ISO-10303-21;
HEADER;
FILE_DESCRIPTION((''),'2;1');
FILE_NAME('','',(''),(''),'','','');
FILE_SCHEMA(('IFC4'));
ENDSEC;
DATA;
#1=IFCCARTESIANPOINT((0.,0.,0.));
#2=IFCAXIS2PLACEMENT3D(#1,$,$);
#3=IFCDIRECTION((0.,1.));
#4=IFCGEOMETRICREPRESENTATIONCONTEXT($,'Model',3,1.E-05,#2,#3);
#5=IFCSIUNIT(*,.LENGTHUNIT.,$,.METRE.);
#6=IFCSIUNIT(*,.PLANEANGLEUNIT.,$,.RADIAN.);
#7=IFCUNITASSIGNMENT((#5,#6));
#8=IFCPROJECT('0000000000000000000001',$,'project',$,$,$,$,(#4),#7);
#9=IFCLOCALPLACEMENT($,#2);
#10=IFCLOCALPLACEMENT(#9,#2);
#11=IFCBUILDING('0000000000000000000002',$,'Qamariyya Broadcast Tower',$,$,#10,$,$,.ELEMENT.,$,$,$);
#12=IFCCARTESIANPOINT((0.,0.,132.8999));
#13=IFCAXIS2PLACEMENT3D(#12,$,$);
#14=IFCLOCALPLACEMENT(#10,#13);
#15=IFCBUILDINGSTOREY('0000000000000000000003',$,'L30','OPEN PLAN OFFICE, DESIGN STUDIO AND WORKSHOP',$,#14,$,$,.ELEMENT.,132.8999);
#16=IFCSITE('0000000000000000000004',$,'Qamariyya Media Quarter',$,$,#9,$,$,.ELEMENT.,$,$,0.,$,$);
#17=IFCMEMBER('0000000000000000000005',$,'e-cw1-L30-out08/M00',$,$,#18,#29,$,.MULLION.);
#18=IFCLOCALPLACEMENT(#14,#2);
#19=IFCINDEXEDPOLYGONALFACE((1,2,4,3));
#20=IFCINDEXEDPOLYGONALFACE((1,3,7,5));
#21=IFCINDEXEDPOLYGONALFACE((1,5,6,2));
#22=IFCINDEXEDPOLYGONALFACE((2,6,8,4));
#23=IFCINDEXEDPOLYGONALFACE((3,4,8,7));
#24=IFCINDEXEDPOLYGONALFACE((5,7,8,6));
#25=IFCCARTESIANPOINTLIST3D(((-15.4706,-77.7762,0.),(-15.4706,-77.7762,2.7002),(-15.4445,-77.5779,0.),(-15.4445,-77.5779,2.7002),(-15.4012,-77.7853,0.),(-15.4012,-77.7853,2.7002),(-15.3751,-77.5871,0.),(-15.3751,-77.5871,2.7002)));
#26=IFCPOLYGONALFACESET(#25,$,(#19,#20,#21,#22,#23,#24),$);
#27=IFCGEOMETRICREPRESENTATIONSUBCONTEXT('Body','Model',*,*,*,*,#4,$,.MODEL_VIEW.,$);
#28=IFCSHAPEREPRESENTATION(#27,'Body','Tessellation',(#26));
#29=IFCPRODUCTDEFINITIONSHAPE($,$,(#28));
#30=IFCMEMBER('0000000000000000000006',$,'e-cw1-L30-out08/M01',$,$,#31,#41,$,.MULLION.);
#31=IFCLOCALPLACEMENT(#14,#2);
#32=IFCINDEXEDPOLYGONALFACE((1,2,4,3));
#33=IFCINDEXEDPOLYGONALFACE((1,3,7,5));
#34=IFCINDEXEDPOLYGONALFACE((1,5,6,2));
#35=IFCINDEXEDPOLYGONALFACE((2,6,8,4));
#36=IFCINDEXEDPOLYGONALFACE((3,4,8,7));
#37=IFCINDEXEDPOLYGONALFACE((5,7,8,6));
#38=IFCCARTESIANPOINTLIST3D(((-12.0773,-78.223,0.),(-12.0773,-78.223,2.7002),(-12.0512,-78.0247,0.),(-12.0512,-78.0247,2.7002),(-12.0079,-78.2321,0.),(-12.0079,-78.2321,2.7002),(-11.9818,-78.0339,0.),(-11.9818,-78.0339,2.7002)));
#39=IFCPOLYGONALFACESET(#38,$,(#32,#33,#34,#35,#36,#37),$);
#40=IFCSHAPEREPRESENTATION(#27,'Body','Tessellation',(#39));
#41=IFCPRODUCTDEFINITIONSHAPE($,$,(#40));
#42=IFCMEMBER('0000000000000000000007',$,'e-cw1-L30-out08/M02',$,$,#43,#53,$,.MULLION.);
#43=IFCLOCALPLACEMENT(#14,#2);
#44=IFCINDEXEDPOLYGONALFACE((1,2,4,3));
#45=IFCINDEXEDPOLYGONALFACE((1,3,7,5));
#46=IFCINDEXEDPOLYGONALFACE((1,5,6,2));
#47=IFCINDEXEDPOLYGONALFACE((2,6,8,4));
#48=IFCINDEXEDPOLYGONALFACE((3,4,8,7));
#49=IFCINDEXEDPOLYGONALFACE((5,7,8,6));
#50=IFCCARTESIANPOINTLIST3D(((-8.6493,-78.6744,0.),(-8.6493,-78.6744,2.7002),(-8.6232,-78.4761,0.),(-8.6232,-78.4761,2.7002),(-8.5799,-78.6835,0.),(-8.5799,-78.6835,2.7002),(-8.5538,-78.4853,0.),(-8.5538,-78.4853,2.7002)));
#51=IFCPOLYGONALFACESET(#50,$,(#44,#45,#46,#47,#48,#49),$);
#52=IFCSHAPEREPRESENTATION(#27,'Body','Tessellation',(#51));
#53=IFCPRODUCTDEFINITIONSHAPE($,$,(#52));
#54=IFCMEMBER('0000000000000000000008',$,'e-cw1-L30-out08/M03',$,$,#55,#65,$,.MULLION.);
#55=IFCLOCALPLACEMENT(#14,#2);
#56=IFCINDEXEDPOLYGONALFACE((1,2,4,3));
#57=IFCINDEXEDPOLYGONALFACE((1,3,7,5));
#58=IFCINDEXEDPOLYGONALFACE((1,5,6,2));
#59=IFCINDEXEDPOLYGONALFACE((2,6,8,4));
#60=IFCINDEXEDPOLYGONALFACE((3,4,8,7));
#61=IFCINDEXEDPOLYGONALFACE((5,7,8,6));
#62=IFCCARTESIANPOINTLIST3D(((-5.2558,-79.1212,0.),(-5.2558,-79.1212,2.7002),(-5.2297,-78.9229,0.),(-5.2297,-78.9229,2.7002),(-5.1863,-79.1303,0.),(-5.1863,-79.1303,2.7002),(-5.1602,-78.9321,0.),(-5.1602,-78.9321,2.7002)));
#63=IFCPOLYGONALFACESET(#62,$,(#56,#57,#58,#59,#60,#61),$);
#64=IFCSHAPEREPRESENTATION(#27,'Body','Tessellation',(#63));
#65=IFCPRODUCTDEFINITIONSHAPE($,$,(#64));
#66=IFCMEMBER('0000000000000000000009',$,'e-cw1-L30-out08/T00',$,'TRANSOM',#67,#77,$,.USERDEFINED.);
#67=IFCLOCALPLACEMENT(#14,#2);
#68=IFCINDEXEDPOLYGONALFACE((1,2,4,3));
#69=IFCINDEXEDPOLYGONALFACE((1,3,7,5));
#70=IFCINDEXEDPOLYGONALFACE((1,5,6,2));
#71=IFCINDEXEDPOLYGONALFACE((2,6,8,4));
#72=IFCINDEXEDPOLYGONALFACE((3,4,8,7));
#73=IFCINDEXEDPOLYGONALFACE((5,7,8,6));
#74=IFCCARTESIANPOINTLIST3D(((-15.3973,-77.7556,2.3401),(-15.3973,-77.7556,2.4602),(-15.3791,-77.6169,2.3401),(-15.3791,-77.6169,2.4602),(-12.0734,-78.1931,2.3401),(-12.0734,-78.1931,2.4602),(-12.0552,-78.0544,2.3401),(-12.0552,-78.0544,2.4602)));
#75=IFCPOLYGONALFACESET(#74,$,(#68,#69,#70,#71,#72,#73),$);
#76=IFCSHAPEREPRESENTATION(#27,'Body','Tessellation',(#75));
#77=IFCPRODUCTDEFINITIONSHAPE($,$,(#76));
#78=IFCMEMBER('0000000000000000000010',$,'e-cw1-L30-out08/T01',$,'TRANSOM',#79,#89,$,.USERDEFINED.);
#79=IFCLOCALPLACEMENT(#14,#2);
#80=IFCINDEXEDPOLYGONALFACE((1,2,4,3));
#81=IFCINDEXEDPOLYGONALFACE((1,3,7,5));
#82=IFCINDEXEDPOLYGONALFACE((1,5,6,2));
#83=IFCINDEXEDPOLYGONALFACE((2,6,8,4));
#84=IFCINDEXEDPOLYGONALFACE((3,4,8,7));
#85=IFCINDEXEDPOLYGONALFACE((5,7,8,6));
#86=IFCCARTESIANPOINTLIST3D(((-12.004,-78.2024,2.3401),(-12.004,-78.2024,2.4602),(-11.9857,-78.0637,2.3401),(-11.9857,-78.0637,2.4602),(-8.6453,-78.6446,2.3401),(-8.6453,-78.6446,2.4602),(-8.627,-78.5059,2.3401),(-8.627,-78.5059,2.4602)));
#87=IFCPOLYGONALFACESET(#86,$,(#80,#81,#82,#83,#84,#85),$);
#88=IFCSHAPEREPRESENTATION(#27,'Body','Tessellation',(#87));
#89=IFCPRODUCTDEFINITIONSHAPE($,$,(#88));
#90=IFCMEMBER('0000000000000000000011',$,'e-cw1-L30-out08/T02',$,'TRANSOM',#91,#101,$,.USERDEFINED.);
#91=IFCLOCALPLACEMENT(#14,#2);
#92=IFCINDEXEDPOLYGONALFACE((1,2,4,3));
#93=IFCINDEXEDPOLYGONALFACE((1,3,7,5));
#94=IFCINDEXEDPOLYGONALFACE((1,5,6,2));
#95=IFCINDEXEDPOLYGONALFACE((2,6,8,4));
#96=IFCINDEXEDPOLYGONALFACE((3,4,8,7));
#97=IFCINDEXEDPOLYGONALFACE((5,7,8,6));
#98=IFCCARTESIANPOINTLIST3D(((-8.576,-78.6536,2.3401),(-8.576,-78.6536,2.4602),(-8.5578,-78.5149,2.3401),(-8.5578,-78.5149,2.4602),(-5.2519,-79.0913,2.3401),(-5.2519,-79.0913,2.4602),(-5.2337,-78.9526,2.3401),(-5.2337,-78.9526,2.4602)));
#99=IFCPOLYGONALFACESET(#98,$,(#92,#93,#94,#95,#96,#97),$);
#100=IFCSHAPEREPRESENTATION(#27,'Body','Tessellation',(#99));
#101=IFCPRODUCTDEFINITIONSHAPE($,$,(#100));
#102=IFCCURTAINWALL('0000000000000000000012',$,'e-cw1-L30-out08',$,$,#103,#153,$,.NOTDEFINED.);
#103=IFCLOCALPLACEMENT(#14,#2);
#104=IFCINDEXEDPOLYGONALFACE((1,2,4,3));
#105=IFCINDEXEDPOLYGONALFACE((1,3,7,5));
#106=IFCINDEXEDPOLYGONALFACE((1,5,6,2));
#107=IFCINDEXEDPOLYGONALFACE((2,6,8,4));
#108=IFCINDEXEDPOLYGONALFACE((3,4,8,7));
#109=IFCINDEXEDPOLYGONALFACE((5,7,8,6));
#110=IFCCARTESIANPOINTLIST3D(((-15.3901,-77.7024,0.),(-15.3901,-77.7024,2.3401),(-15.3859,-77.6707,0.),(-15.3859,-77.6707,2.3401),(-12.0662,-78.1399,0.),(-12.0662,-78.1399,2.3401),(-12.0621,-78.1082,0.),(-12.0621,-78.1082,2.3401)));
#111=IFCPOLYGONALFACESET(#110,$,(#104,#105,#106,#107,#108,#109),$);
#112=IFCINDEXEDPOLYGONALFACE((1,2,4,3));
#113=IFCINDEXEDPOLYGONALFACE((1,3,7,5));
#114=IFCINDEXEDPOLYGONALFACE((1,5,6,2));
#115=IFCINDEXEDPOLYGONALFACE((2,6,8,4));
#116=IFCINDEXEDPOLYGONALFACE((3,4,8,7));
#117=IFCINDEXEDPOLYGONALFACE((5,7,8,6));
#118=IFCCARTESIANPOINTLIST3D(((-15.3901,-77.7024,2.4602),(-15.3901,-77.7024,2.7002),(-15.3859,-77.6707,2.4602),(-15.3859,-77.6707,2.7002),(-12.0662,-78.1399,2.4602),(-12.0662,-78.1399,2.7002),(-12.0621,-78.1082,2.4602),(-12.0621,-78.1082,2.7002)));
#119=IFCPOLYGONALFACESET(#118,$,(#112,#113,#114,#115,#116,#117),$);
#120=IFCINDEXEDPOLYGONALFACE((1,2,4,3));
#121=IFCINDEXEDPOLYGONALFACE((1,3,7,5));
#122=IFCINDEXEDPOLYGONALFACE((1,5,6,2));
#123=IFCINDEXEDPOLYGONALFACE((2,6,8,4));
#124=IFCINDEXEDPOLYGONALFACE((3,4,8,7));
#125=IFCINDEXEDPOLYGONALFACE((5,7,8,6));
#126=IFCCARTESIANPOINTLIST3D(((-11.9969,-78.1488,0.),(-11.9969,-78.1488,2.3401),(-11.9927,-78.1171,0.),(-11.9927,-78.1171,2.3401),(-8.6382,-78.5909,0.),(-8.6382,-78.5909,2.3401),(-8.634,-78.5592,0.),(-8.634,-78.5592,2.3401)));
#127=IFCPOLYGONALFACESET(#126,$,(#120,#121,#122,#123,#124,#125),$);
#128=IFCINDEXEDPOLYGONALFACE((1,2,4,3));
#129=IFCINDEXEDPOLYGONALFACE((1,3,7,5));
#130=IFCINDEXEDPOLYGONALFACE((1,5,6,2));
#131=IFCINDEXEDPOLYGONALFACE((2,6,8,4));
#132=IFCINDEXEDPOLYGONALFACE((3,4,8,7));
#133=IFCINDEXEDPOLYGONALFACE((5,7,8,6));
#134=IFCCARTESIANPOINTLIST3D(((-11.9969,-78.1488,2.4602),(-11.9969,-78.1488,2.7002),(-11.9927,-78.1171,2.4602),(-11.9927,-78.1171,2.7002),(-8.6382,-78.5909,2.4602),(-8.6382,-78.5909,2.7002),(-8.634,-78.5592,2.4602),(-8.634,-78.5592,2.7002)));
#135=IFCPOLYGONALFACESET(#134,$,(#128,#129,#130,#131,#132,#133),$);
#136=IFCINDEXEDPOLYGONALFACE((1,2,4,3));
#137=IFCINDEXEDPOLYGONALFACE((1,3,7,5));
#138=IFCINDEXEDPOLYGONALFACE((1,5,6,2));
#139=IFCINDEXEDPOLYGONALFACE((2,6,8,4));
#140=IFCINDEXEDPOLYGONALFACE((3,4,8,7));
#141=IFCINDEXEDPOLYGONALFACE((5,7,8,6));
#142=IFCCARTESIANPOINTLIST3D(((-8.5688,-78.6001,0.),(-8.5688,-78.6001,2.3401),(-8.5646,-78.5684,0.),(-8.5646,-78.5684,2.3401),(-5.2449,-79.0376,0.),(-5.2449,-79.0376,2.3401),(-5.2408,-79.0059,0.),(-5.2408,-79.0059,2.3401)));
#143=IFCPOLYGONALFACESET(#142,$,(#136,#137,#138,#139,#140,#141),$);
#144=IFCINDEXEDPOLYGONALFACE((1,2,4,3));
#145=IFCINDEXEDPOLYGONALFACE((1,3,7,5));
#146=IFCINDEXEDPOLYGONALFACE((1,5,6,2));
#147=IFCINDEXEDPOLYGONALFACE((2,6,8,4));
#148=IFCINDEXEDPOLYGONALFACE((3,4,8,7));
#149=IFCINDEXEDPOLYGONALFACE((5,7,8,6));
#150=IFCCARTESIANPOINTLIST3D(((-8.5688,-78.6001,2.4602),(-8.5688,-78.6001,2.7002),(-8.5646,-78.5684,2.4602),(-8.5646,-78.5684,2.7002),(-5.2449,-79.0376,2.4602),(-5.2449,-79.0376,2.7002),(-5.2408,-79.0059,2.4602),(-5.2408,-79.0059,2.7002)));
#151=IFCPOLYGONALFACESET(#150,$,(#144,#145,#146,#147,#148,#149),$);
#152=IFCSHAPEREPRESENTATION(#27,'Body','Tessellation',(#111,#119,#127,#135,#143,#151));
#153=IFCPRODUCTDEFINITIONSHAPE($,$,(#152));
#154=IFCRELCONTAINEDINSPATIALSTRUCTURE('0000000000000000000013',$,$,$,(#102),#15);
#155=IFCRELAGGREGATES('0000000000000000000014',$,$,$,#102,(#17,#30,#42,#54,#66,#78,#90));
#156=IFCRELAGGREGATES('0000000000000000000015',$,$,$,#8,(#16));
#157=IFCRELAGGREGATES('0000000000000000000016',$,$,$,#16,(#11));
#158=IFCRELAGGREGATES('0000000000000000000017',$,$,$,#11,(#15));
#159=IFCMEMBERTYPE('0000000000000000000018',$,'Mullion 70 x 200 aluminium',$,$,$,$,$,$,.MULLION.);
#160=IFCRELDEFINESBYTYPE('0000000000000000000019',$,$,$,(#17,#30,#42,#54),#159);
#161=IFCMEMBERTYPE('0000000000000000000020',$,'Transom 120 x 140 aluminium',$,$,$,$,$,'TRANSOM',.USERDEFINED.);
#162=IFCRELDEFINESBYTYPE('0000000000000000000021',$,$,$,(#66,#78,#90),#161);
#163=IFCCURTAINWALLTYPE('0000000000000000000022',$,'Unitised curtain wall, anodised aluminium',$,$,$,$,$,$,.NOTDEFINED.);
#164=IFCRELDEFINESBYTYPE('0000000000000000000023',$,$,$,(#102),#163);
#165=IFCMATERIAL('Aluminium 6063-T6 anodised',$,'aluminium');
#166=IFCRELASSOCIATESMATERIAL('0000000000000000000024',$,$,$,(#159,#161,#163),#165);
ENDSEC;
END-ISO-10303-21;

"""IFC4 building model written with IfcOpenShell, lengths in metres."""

from ifc_helpers import new_model, si_unit, direction, frame, origin, origin_2d, place, context, subcontext, project, spatial, rectangle, extrude, material, material_profile, profile_set, type_object, element, aggregate, save


model = new_model("IFC4")

# Units and contexts
model_context = context("Model", 3, precision=1e-05, world=origin(), true_north=direction((0.0, 1.0)))
body_context = subcontext(model_context, "Body", "Model", "MODEL_VIEW")
ifc_project = project(units=[si_unit("LENGTHUNIT", "METRE"), si_unit("PLANEANGLEUNIT", "RADIAN")], contexts=[model_context])

# Members
ifc_material = material(Name="Aluminium 6063-T6 anodised", Category="aluminium")
ifc_material_profile_1 = material_profile(ifc_material, rectangle(XDim=0.2, YDim=0.0701, at=origin_2d()))
ifc_profile_set_1 = profile_set([ifc_material_profile_1], Name="Aluminium 6063-T6 anodised")
member_type_1 = type_object("IfcMemberType", Name="Mullion 70 x 200 aluminium", PredefinedType="MULLION", material=ifc_profile_set_1)
site_placement = place(None, origin())
building_placement = place(site_placement, origin())
storey_placement = place(building_placement, frame((0.0, 0.0, 132.8999)))
member_1_placement = place(storey_placement, frame((-15.4229, -77.6816, 0.0), z_axis=(0.0, 0.0, 1.0), x_axis=(0.130526, 0.991445, 0.0)))
member_1 = element("IfcMember", 1, at=member_1_placement, type_object=member_type_1, Name="e-cw1-L30-out08/M00", PredefinedType="MULLION", context=body_context, shape_type="SweptSolid", body=[
    extrude(rectangle(XDim=0.2, YDim=0.0701, at=origin_2d()), origin(), (0.0, 0.0, 1.0), 2.7002),
])
member_2_placement = place(storey_placement, frame((-12.0295, -78.1284, 0.0), z_axis=(0.0, 0.0, 1.0), x_axis=(0.130526, 0.991445, 0.0)))
member_2 = element("IfcMember", 2, at=member_2_placement, type_object=member_type_1, Name="e-cw1-L30-out08/M01", PredefinedType="MULLION", context=body_context, shape_type="SweptSolid", body=[
    extrude(rectangle(XDim=0.2, YDim=0.0701, at=origin_2d()), origin(), (0.0, 0.0, 1.0), 2.7002),
])
member_3_placement = place(storey_placement, frame((-8.6016, -78.5798, 0.0), z_axis=(0.0, 0.0, 1.0), x_axis=(0.130526, 0.991445, 0.0)))
member_3 = element("IfcMember", 3, at=member_3_placement, type_object=member_type_1, Name="e-cw1-L30-out08/M02", PredefinedType="MULLION", context=body_context, shape_type="SweptSolid", body=[
    extrude(rectangle(XDim=0.2, YDim=0.0701, at=origin_2d()), origin(), (0.0, 0.0, 1.0), 2.7002),
])
member_4_placement = place(storey_placement, frame((-5.208, -79.0266, 0.0), z_axis=(0.0, 0.0, 1.0), x_axis=(0.130526, 0.991445, 0.0)))
member_4 = element("IfcMember", 4, at=member_4_placement, type_object=member_type_1, Name="e-cw1-L30-out08/M03", PredefinedType="MULLION", context=body_context, shape_type="SweptSolid", body=[
    extrude(rectangle(XDim=0.2, YDim=0.0701, at=origin_2d()), origin(), (0.0, 0.0, 1.0), 2.7002),
])
ifc_material_profile_2 = material_profile(ifc_material, rectangle(XDim=0.1399, YDim=0.1201, at=origin_2d()))
ifc_profile_set_2 = profile_set([ifc_material_profile_2], Name="Aluminium 6063-T6 anodised")
member_type_2 = type_object("IfcMemberType", Name="Transom 120 x 140 aluminium", ElementType="TRANSOM", PredefinedType="USERDEFINED", material=ifc_profile_set_2)
member_5_placement = place(storey_placement, frame((-15.3882, -77.6863, 2.4001), z_axis=(0.991449, -0.130494, 0.0), x_axis=(0.130494, 0.991449, 0.0)))
member_5 = element("IfcMember", 5, at=member_5_placement, type_object=member_type_2, Name="e-cw1-L30-out08/T00", ObjectType="TRANSOM", PredefinedType="USERDEFINED", context=body_context, shape_type="SweptSolid", body=[
    extrude(rectangle(XDim=0.1399, YDim=0.1201, at=origin_2d()), origin(), (0.0, 0.0, 1.0), 3.3525),
])
member_6_placement = place(storey_placement, frame((-11.9949, -78.1331, 2.4001), z_axis=(0.991446, -0.130516, 0.0), x_axis=(0.130516, 0.991446, 0.0)))
member_6 = element("IfcMember", 6, at=member_6_placement, type_object=member_type_2, Name="e-cw1-L30-out08/T01", ObjectType="TRANSOM", PredefinedType="USERDEFINED", context=body_context, shape_type="SweptSolid", body=[
    extrude(rectangle(XDim=0.1399, YDim=0.1201, at=origin_2d()), origin(), (0.0, 0.0, 1.0), 3.3877),
])
member_7_placement = place(storey_placement, frame((-8.5669, -78.5842, 2.4001), z_axis=(0.99144, -0.130566, 0.0), x_axis=(0.130566, 0.99144, 0.0)))
member_7 = element("IfcMember", 7, at=member_7_placement, type_object=member_type_2, Name="e-cw1-L30-out08/T02", ObjectType="TRANSOM", PredefinedType="USERDEFINED", context=body_context, shape_type="SweptSolid", body=[
    extrude(rectangle(XDim=0.1399, YDim=0.1201, at=origin_2d()), origin(), (0.0, 0.0, 1.0), 3.3528),
])

# Site, building, storey
site = spatial("IfcSite", under=ifc_project, at=site_placement, Name="Qamariyya Media Quarter", CompositionType="ELEMENT", RefElevation=0.0)
building = spatial("IfcBuilding", under=site, at=building_placement, Name="Qamariyya Broadcast Tower", CompositionType="ELEMENT")
storey = spatial("IfcBuildingStorey", under=building, at=storey_placement, Name="L30", Description="OPEN PLAN OFFICE, DESIGN STUDIO AND WORKSHOP", CompositionType="ELEMENT", Elevation=132.8999)

# Curtain wall
curtain_wall_type = type_object("IfcCurtainWallType", Name="Unitised curtain wall, anodised aluminium", PredefinedType="NOTDEFINED", material=ifc_material)
curtain_wall_1_placement = place(storey_placement, origin())
curtain_wall_1 = element("IfcCurtainWall", 8, at=curtain_wall_1_placement, inside=storey, type_object=curtain_wall_type, Name="e-cw1-L30-out08", PredefinedType="NOTDEFINED", context=body_context, shape_type="SweptSolid", body=[
    extrude(rectangle(XDim=3.3525, YDim=0.032, at=origin_2d()), frame((-13.7261, -77.9053, 0.0), x_axis=(0.991447, -0.130509, 0.0)), (0.0, 0.0, 1.0), 2.3401),
    extrude(rectangle(XDim=3.3525, YDim=0.032, at=origin_2d()), frame((-13.7261, -77.9053, 2.4602), x_axis=(0.991447, -0.130509, 0.0)), (0.0, 0.0, 1.0), 0.24),
    extrude(rectangle(XDim=3.3877, YDim=0.032, at=origin_2d()), frame((-10.3154, -78.354, 0.0), x_axis=(0.991447, -0.130509, 0.0)), (0.0, 0.0, 1.0), 2.3401),
    extrude(rectangle(XDim=3.3877, YDim=0.032, at=origin_2d()), frame((-10.3154, -78.354, 2.4602), x_axis=(0.991447, -0.130509, 0.0)), (0.0, 0.0, 1.0), 0.24),
    extrude(rectangle(XDim=3.3525, YDim=0.032, at=origin_2d()), frame((-6.9048, -78.803, 0.0), x_axis=(0.991447, -0.130509, 0.0)), (0.0, 0.0, 1.0), 2.3401),
    extrude(rectangle(XDim=3.3525, YDim=0.032, at=origin_2d()), frame((-6.9048, -78.803, 2.4602), x_axis=(0.991447, -0.130509, 0.0)), (0.0, 0.0, 1.0), 0.24),
])
aggregate(curtain_wall_1, [member_1, member_2, member_3, member_4, member_5, member_6, member_7])

save(model, "model.ifc")
